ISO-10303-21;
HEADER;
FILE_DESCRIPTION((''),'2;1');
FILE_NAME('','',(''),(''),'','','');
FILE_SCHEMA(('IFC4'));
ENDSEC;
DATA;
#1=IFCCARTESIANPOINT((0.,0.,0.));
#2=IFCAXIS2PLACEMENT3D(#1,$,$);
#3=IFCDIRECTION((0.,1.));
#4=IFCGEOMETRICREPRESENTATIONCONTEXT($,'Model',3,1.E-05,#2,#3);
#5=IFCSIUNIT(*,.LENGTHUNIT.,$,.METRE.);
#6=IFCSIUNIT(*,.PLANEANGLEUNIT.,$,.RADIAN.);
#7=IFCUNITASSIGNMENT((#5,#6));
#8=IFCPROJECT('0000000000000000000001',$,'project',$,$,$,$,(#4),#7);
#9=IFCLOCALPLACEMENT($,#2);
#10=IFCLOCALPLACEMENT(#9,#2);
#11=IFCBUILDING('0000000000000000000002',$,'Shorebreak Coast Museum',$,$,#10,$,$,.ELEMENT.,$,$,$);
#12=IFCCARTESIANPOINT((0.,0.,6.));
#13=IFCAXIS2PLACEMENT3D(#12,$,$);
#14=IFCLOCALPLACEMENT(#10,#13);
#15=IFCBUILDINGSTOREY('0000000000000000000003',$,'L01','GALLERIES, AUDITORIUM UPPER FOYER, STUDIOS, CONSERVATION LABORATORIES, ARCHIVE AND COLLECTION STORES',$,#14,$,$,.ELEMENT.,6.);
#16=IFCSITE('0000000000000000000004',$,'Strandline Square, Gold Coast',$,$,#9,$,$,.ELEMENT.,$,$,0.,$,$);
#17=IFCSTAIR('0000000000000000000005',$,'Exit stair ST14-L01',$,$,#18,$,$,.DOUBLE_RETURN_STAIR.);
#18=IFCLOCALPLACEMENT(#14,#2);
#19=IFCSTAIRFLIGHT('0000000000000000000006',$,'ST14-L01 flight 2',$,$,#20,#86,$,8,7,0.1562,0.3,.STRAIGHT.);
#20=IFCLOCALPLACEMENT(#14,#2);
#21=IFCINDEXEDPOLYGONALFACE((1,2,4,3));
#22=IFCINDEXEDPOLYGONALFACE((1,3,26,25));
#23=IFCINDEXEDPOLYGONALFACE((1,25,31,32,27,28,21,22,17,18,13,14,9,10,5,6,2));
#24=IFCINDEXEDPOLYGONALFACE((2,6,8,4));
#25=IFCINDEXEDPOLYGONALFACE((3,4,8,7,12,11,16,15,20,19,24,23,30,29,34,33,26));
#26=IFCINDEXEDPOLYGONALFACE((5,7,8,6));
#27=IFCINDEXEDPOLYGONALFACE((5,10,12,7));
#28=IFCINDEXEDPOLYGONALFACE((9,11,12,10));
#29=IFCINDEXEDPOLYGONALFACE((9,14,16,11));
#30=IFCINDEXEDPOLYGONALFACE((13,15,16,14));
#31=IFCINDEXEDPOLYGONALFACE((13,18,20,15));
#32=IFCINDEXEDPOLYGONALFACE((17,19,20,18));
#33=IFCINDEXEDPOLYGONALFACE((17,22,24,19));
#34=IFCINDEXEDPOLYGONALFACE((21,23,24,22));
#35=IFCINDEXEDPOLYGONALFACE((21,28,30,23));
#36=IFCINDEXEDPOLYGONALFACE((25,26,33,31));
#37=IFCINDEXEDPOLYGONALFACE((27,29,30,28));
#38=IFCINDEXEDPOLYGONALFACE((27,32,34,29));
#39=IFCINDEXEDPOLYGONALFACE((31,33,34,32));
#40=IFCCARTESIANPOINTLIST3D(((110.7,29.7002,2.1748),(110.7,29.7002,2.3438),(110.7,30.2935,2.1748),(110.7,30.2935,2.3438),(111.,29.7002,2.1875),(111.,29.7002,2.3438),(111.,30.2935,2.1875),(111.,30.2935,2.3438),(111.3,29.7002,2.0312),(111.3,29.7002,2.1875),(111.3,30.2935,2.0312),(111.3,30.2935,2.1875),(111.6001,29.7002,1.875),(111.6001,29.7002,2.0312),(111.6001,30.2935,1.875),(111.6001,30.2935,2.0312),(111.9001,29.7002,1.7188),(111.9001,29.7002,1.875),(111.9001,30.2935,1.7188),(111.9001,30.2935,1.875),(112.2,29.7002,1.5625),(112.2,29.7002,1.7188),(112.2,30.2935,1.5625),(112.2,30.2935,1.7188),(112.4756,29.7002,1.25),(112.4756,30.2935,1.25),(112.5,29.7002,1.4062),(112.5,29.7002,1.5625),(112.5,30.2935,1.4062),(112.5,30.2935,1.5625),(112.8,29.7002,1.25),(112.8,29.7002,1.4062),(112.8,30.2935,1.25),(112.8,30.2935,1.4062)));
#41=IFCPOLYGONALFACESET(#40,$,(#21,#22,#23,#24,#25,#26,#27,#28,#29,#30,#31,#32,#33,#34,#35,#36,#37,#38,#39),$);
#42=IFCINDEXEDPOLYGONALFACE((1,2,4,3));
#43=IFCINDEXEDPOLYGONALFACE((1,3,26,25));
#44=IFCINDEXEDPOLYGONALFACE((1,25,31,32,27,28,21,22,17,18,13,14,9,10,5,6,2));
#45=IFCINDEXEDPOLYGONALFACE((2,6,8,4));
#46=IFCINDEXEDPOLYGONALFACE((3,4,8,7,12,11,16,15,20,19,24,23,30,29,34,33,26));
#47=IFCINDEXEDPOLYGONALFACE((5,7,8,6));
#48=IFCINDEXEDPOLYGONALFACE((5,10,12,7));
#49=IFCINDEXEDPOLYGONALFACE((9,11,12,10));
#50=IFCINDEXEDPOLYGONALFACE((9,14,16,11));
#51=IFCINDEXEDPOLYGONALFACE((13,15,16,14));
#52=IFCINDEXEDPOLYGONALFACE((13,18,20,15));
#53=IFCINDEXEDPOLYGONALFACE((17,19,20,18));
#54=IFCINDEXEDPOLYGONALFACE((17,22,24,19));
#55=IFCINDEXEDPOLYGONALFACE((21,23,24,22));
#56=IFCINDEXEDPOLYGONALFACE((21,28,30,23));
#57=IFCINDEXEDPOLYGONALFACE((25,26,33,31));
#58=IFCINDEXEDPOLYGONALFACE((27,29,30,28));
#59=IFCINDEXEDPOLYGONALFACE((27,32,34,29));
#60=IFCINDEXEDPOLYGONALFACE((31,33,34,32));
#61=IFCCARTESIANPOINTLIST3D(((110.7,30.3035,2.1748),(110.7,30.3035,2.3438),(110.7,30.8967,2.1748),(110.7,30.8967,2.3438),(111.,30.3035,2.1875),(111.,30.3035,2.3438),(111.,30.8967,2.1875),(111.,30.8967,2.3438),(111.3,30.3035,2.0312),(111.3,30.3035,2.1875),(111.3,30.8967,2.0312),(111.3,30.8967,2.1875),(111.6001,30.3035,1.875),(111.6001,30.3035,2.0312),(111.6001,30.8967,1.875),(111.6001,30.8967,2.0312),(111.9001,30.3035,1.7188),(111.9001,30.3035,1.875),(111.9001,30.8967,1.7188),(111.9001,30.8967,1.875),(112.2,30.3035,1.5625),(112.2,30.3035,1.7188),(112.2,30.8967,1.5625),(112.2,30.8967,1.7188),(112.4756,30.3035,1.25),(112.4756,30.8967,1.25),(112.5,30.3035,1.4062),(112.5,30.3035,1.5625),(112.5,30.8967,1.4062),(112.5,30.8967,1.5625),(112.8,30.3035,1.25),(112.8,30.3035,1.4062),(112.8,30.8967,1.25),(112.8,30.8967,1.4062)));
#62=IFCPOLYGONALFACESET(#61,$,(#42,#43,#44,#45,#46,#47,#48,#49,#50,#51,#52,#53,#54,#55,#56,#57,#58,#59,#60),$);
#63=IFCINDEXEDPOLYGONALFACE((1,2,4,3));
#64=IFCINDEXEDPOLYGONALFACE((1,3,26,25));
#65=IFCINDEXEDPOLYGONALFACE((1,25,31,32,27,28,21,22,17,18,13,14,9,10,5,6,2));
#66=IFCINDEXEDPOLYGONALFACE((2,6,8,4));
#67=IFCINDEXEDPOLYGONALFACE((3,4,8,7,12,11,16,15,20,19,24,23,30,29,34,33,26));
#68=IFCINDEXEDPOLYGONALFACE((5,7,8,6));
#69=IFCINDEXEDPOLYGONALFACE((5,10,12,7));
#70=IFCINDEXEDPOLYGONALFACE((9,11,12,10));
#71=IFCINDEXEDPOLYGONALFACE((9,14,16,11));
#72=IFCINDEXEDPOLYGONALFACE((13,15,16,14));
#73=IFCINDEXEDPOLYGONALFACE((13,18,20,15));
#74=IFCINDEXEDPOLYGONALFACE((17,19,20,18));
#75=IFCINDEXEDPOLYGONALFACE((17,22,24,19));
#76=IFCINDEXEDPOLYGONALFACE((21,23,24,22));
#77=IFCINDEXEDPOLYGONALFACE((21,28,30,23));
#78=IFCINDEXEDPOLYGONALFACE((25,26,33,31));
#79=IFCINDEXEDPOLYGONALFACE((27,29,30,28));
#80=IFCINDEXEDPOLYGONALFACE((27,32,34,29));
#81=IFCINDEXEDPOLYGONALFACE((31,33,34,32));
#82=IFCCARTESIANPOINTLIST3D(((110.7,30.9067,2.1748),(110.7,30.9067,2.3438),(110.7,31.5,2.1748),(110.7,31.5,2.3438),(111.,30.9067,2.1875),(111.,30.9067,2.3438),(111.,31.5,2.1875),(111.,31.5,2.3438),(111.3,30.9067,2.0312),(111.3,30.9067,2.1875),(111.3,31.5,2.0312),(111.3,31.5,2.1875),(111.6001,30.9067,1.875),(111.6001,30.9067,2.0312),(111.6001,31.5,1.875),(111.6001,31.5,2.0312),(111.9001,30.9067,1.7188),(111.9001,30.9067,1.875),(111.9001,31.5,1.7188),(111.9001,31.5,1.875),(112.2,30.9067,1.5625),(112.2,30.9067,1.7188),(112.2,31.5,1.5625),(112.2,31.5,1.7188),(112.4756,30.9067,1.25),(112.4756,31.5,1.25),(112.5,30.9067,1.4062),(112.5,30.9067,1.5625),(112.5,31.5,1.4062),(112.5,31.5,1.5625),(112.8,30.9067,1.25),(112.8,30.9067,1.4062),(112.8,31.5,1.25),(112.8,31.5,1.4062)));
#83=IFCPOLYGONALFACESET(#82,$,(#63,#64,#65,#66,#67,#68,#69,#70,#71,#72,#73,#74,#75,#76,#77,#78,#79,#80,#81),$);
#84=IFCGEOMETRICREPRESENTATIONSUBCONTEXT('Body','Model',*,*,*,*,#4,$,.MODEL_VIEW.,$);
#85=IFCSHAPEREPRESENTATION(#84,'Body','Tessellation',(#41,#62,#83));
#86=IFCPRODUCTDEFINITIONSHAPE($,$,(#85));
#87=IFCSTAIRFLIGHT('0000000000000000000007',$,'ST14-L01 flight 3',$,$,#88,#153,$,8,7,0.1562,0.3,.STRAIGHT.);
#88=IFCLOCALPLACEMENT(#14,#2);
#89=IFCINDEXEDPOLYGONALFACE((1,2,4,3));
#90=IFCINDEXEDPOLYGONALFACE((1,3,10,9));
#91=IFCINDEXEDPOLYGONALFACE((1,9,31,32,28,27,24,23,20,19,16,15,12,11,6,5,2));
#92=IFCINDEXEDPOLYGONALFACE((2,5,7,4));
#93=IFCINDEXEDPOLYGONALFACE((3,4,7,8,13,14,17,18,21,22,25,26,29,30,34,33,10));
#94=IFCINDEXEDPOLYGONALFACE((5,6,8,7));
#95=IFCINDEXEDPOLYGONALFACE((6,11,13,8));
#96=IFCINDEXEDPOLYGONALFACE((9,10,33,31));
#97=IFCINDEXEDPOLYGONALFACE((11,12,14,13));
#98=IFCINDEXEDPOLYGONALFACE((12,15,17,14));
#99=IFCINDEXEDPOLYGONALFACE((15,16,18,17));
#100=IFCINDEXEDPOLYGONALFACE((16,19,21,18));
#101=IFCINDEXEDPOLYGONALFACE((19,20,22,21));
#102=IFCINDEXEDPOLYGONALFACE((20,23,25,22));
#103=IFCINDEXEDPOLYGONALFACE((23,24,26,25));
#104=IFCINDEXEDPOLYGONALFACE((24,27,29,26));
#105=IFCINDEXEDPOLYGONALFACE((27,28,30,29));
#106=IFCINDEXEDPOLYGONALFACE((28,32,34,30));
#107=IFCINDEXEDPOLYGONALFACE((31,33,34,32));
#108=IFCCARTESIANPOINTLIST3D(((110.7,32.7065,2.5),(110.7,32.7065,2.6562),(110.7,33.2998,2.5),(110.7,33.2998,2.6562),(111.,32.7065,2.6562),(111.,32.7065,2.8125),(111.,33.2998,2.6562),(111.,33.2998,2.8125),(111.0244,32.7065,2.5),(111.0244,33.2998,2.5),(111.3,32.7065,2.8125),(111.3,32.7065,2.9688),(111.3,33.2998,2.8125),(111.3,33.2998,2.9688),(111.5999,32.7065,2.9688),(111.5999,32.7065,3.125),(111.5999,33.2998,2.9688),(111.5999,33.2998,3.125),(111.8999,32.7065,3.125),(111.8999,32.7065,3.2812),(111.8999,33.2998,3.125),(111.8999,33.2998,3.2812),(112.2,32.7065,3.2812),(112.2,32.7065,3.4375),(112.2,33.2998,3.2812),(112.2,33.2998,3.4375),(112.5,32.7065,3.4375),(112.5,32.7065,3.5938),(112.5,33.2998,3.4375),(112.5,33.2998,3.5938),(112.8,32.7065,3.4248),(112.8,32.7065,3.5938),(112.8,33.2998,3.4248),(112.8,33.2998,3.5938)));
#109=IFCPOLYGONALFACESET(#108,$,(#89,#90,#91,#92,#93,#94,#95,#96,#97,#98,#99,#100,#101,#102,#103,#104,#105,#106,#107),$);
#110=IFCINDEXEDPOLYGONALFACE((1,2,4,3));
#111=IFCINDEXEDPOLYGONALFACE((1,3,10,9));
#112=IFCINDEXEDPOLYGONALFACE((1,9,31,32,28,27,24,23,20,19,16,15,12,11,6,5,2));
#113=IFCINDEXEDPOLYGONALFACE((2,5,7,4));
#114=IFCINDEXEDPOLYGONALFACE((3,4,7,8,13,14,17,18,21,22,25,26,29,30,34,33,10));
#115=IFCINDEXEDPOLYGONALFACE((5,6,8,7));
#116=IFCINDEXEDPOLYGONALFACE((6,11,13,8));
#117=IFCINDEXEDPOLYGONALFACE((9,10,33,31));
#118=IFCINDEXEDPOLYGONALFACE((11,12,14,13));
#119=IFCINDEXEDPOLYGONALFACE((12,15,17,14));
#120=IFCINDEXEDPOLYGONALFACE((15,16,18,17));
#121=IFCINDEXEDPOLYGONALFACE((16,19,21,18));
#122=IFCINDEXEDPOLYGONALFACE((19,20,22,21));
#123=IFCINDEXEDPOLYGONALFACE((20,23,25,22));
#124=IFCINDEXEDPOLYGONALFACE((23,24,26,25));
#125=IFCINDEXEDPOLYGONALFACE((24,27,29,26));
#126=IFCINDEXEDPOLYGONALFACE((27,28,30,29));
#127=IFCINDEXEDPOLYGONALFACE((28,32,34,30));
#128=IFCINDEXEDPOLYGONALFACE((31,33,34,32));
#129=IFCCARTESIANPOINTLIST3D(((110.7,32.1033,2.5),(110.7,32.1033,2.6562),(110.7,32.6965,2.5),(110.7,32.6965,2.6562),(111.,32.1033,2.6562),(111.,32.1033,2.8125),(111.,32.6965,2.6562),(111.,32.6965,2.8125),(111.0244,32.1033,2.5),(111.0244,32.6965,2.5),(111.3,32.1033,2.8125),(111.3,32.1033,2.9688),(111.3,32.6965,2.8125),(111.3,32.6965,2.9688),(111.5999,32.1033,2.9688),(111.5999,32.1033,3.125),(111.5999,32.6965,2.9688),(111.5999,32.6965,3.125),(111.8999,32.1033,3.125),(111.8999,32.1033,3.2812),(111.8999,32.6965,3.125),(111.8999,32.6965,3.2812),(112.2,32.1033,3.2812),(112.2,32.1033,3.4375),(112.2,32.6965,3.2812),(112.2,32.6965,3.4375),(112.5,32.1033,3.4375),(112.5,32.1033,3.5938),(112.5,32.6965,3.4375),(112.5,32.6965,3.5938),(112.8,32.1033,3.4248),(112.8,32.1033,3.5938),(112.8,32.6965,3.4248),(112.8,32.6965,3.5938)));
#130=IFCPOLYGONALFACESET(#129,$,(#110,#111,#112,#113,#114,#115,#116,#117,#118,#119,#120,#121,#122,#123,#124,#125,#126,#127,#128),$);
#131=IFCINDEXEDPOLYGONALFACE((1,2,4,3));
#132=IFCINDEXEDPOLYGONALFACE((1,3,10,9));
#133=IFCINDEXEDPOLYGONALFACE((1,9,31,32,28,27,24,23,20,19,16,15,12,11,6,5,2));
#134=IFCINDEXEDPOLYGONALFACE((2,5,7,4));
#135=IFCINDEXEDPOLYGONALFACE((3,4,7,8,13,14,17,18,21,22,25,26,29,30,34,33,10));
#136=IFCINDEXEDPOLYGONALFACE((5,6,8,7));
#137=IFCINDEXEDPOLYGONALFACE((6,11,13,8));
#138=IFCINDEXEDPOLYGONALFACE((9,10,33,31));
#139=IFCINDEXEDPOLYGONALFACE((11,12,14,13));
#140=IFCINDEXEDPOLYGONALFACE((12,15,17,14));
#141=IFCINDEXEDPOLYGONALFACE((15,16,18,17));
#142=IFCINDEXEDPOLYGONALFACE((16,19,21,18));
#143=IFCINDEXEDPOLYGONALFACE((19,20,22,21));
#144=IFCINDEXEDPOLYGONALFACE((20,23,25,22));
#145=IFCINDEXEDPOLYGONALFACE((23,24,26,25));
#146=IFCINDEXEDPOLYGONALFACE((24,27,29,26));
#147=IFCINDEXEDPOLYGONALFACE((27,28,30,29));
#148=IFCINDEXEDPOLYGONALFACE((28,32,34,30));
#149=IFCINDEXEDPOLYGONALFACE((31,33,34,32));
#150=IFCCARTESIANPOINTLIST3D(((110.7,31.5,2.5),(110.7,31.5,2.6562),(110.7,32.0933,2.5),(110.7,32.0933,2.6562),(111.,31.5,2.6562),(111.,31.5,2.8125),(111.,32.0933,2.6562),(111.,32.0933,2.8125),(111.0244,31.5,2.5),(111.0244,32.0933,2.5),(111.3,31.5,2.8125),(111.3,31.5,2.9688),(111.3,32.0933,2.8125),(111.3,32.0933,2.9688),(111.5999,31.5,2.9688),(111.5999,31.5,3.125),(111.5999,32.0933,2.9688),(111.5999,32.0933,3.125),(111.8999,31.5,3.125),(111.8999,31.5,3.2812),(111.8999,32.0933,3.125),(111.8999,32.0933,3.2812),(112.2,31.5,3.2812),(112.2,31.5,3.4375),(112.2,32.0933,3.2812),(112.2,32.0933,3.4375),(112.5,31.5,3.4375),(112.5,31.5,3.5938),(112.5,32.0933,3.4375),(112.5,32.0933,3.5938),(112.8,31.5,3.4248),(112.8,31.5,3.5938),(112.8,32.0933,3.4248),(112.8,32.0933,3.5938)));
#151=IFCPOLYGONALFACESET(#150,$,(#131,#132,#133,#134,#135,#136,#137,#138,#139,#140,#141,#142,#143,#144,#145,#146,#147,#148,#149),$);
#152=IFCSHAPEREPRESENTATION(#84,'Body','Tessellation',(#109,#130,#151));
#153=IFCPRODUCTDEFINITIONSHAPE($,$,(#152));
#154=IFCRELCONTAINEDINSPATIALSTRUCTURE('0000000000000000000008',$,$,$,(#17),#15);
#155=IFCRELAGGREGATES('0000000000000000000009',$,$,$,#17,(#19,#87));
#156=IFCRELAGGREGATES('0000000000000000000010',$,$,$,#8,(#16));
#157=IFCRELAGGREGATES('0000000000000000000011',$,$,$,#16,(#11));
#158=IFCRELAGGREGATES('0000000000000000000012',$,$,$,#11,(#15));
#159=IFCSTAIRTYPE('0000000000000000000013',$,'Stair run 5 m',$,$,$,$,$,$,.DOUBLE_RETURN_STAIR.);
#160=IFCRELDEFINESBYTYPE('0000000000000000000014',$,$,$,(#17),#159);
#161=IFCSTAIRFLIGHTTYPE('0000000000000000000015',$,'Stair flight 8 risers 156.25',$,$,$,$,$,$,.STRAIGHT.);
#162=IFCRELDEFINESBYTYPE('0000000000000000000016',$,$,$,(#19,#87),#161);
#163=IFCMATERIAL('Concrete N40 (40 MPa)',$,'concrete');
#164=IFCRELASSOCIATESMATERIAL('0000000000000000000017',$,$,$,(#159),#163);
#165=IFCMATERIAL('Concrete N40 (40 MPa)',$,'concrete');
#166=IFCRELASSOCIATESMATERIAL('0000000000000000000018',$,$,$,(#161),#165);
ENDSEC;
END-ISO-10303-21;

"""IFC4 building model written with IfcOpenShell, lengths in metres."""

from ifc_helpers import new_model, si_unit, direction, frame, origin, place, context, subcontext, project, spatial, polyline, outline, extrude, material, type_object, element, aggregate, save


model = new_model("IFC4")

# Units and contexts
model_context = context("Model", 3, precision=1e-05, world=origin(), true_north=direction((0.0, 1.0)))
body_context = subcontext(model_context, "Body", "Model", "MODEL_VIEW")
ifc_project = project(units=[si_unit("LENGTHUNIT", "METRE"), si_unit("PLANEANGLEUNIT", "RADIAN")], contexts=[model_context])

# Site, building, storey
site_placement = place(None, origin())
site = spatial("IfcSite", under=ifc_project, at=site_placement, Name="Strandline Square, Gold Coast", CompositionType="ELEMENT", RefElevation=0.0)
building_placement = place(site_placement, origin())
building = spatial("IfcBuilding", under=site, at=building_placement, Name="Shorebreak Coast Museum", CompositionType="ELEMENT")
storey_placement = place(building_placement, frame((0.0, 0.0, 6.0)))
storey = spatial("IfcBuildingStorey", under=building, at=storey_placement, Name="L01", Description="GALLERIES, AUDITORIUM UPPER FOYER, STUDIOS, CONSERVATION LABORATORIES, ARCHIVE AND COLLECTION STORES", CompositionType="ELEMENT", Elevation=6.0)

# Stair, stair flights
ifc_material_1 = material(Name="Concrete N40 (40 MPa)", Category="concrete")
stair_type = type_object("IfcStairType", Name="Stair run 5 m", PredefinedType="DOUBLE_RETURN_STAIR", material=ifc_material_1)
stair_placement = place(storey_placement, origin())
stair = element("IfcStair", 1, at=stair_placement, inside=storey, type_object=stair_type, Name="Exit stair ST14-L01", PredefinedType="DOUBLE_RETURN_STAIR")
ifc_material_2 = material(Name="Concrete N40 (40 MPa)", Category="concrete")
stair_flight_type = type_object("IfcStairFlightType", Name="Stair flight 8 risers 156.25", PredefinedType="STRAIGHT", material=ifc_material_2)
stair_flight_1_placement = place(storey_placement, frame((112.8, 30.6001, 1.25), z_axis=(0.0, 0.0, 1.0), x_axis=(-1.0, 0.0, 0.0)))
stair_flight_1 = element("IfcStairFlight", 2, at=stair_flight_1_placement, type_object=stair_flight_type, Name="ST14-L01 flight 2", NumberOfRisers=8, NumberOfTreads=7, PredefinedType="STRAIGHT", RiserHeight=0.1562, TreadLength=0.3, context=body_context, shape_type="SweptSolid", body=[
    extrude(outline(polyline([(0.0, 0.0), (0.0, 0.1562), (0.3, 0.1562), (0.3, 0.3125), (0.6001, 0.3125), (0.6001, 0.4688), (0.8999, 0.4688), (0.8999, 0.625), (1.2, 0.625), (1.2, 0.7812), (1.5, 0.7812), (1.5, 0.9375), (1.8, 0.9375), (1.8, 1.0938), (2.1001, 1.0938), (2.1001, 1.25), (2.1001, 0.9248), (0.3245, 0.0), (0.0, 0.0)])), frame((0.0, 0.8999, 0.0), z_axis=(0.0, -1.0, 0.0), x_axis=(1.0, 0.0, 0.0)), (0.0, 0.0, 1.0), 0.5933),
    extrude(outline(polyline([(0.0, 0.0), (0.0, 0.1562), (0.3, 0.1562), (0.3, 0.3125), (0.6001, 0.3125), (0.6001, 0.4688), (0.8999, 0.4688), (0.8999, 0.625), (1.2, 0.625), (1.2, 0.7812), (1.5, 0.7812), (1.5, 0.9375), (1.8, 0.9375), (1.8, 1.0938), (2.1001, 1.0938), (2.1001, 1.25), (2.1001, 0.9248), (0.3245, 0.0), (0.0, 0.0)])), frame((0.0, 0.2966, 0.0), z_axis=(0.0, -1.0, 0.0), x_axis=(1.0, 0.0, 0.0)), (0.0, 0.0, 1.0), 0.5933),
    extrude(outline(polyline([(0.0, 0.0), (0.0, 0.1562), (0.3, 0.1562), (0.3, 0.3125), (0.6001, 0.3125), (0.6001, 0.4688), (0.8999, 0.4688), (0.8999, 0.625), (1.2, 0.625), (1.2, 0.7812), (1.5, 0.7812), (1.5, 0.9375), (1.8, 0.9375), (1.8, 1.0938), (2.1001, 1.0938), (2.1001, 1.25), (2.1001, 0.9248), (0.3245, 0.0), (0.0, 0.0)])), frame((0.0, -0.3066, 0.0), z_axis=(0.0, -1.0, 0.0), x_axis=(1.0, 0.0, 0.0)), (0.0, 0.0, 1.0), 0.5933),
])
stair_flight_2_placement = place(storey_placement, frame((110.7, 32.3999, 2.5), z_axis=(0.0, 0.0, 1.0), x_axis=(1.0, 0.0, 0.0)))
stair_flight_2 = element("IfcStairFlight", 3, at=stair_flight_2_placement, type_object=stair_flight_type, Name="ST14-L01 flight 3", NumberOfRisers=8, NumberOfTreads=7, PredefinedType="STRAIGHT", RiserHeight=0.1562, TreadLength=0.3, context=body_context, shape_type="SweptSolid", body=[
    extrude(outline(polyline([(0.0, 0.0), (0.0, 0.1562), (0.3, 0.1562), (0.3, 0.3125), (0.6001, 0.3125), (0.6001, 0.4688), (0.8999, 0.4688), (0.8999, 0.625), (1.2, 0.625), (1.2, 0.7812), (1.5, 0.7812), (1.5, 0.9375), (1.8, 0.9375), (1.8, 1.0938), (2.1001, 1.0938), (2.1001, 1.25), (2.1001, 0.9248), (0.3245, 0.0), (0.0, 0.0)])), frame((0.0, 0.8999, 0.0), z_axis=(0.0, -1.0, 0.0), x_axis=(1.0, 0.0, 0.0)), (0.0, 0.0, 1.0), 0.5933),
    extrude(outline(polyline([(0.0, 0.0), (0.0, 0.1562), (0.3, 0.1562), (0.3, 0.3125), (0.6001, 0.3125), (0.6001, 0.4688), (0.8999, 0.4688), (0.8999, 0.625), (1.2, 0.625), (1.2, 0.7812), (1.5, 0.7812), (1.5, 0.9375), (1.8, 0.9375), (1.8, 1.0938), (2.1001, 1.0938), (2.1001, 1.25), (2.1001, 0.9248), (0.3245, 0.0), (0.0, 0.0)])), frame((0.0, 0.2966, 0.0), z_axis=(0.0, -1.0, 0.0), x_axis=(1.0, 0.0, 0.0)), (0.0, 0.0, 1.0), 0.5933),
    extrude(outline(polyline([(0.0, 0.0), (0.0, 0.1562), (0.3, 0.1562), (0.3, 0.3125), (0.6001, 0.3125), (0.6001, 0.4688), (0.8999, 0.4688), (0.8999, 0.625), (1.2, 0.625), (1.2, 0.7812), (1.5, 0.7812), (1.5, 0.9375), (1.8, 0.9375), (1.8, 1.0938), (2.1001, 1.0938), (2.1001, 1.25), (2.1001, 0.9248), (0.3245, 0.0), (0.0, 0.0)])), frame((0.0, -0.3066, 0.0), z_axis=(0.0, -1.0, 0.0), x_axis=(1.0, 0.0, 0.0)), (0.0, 0.0, 1.0), 0.5933),
])
aggregate(stair, [stair_flight_1, stair_flight_2])

save(model, "model.ifc")
